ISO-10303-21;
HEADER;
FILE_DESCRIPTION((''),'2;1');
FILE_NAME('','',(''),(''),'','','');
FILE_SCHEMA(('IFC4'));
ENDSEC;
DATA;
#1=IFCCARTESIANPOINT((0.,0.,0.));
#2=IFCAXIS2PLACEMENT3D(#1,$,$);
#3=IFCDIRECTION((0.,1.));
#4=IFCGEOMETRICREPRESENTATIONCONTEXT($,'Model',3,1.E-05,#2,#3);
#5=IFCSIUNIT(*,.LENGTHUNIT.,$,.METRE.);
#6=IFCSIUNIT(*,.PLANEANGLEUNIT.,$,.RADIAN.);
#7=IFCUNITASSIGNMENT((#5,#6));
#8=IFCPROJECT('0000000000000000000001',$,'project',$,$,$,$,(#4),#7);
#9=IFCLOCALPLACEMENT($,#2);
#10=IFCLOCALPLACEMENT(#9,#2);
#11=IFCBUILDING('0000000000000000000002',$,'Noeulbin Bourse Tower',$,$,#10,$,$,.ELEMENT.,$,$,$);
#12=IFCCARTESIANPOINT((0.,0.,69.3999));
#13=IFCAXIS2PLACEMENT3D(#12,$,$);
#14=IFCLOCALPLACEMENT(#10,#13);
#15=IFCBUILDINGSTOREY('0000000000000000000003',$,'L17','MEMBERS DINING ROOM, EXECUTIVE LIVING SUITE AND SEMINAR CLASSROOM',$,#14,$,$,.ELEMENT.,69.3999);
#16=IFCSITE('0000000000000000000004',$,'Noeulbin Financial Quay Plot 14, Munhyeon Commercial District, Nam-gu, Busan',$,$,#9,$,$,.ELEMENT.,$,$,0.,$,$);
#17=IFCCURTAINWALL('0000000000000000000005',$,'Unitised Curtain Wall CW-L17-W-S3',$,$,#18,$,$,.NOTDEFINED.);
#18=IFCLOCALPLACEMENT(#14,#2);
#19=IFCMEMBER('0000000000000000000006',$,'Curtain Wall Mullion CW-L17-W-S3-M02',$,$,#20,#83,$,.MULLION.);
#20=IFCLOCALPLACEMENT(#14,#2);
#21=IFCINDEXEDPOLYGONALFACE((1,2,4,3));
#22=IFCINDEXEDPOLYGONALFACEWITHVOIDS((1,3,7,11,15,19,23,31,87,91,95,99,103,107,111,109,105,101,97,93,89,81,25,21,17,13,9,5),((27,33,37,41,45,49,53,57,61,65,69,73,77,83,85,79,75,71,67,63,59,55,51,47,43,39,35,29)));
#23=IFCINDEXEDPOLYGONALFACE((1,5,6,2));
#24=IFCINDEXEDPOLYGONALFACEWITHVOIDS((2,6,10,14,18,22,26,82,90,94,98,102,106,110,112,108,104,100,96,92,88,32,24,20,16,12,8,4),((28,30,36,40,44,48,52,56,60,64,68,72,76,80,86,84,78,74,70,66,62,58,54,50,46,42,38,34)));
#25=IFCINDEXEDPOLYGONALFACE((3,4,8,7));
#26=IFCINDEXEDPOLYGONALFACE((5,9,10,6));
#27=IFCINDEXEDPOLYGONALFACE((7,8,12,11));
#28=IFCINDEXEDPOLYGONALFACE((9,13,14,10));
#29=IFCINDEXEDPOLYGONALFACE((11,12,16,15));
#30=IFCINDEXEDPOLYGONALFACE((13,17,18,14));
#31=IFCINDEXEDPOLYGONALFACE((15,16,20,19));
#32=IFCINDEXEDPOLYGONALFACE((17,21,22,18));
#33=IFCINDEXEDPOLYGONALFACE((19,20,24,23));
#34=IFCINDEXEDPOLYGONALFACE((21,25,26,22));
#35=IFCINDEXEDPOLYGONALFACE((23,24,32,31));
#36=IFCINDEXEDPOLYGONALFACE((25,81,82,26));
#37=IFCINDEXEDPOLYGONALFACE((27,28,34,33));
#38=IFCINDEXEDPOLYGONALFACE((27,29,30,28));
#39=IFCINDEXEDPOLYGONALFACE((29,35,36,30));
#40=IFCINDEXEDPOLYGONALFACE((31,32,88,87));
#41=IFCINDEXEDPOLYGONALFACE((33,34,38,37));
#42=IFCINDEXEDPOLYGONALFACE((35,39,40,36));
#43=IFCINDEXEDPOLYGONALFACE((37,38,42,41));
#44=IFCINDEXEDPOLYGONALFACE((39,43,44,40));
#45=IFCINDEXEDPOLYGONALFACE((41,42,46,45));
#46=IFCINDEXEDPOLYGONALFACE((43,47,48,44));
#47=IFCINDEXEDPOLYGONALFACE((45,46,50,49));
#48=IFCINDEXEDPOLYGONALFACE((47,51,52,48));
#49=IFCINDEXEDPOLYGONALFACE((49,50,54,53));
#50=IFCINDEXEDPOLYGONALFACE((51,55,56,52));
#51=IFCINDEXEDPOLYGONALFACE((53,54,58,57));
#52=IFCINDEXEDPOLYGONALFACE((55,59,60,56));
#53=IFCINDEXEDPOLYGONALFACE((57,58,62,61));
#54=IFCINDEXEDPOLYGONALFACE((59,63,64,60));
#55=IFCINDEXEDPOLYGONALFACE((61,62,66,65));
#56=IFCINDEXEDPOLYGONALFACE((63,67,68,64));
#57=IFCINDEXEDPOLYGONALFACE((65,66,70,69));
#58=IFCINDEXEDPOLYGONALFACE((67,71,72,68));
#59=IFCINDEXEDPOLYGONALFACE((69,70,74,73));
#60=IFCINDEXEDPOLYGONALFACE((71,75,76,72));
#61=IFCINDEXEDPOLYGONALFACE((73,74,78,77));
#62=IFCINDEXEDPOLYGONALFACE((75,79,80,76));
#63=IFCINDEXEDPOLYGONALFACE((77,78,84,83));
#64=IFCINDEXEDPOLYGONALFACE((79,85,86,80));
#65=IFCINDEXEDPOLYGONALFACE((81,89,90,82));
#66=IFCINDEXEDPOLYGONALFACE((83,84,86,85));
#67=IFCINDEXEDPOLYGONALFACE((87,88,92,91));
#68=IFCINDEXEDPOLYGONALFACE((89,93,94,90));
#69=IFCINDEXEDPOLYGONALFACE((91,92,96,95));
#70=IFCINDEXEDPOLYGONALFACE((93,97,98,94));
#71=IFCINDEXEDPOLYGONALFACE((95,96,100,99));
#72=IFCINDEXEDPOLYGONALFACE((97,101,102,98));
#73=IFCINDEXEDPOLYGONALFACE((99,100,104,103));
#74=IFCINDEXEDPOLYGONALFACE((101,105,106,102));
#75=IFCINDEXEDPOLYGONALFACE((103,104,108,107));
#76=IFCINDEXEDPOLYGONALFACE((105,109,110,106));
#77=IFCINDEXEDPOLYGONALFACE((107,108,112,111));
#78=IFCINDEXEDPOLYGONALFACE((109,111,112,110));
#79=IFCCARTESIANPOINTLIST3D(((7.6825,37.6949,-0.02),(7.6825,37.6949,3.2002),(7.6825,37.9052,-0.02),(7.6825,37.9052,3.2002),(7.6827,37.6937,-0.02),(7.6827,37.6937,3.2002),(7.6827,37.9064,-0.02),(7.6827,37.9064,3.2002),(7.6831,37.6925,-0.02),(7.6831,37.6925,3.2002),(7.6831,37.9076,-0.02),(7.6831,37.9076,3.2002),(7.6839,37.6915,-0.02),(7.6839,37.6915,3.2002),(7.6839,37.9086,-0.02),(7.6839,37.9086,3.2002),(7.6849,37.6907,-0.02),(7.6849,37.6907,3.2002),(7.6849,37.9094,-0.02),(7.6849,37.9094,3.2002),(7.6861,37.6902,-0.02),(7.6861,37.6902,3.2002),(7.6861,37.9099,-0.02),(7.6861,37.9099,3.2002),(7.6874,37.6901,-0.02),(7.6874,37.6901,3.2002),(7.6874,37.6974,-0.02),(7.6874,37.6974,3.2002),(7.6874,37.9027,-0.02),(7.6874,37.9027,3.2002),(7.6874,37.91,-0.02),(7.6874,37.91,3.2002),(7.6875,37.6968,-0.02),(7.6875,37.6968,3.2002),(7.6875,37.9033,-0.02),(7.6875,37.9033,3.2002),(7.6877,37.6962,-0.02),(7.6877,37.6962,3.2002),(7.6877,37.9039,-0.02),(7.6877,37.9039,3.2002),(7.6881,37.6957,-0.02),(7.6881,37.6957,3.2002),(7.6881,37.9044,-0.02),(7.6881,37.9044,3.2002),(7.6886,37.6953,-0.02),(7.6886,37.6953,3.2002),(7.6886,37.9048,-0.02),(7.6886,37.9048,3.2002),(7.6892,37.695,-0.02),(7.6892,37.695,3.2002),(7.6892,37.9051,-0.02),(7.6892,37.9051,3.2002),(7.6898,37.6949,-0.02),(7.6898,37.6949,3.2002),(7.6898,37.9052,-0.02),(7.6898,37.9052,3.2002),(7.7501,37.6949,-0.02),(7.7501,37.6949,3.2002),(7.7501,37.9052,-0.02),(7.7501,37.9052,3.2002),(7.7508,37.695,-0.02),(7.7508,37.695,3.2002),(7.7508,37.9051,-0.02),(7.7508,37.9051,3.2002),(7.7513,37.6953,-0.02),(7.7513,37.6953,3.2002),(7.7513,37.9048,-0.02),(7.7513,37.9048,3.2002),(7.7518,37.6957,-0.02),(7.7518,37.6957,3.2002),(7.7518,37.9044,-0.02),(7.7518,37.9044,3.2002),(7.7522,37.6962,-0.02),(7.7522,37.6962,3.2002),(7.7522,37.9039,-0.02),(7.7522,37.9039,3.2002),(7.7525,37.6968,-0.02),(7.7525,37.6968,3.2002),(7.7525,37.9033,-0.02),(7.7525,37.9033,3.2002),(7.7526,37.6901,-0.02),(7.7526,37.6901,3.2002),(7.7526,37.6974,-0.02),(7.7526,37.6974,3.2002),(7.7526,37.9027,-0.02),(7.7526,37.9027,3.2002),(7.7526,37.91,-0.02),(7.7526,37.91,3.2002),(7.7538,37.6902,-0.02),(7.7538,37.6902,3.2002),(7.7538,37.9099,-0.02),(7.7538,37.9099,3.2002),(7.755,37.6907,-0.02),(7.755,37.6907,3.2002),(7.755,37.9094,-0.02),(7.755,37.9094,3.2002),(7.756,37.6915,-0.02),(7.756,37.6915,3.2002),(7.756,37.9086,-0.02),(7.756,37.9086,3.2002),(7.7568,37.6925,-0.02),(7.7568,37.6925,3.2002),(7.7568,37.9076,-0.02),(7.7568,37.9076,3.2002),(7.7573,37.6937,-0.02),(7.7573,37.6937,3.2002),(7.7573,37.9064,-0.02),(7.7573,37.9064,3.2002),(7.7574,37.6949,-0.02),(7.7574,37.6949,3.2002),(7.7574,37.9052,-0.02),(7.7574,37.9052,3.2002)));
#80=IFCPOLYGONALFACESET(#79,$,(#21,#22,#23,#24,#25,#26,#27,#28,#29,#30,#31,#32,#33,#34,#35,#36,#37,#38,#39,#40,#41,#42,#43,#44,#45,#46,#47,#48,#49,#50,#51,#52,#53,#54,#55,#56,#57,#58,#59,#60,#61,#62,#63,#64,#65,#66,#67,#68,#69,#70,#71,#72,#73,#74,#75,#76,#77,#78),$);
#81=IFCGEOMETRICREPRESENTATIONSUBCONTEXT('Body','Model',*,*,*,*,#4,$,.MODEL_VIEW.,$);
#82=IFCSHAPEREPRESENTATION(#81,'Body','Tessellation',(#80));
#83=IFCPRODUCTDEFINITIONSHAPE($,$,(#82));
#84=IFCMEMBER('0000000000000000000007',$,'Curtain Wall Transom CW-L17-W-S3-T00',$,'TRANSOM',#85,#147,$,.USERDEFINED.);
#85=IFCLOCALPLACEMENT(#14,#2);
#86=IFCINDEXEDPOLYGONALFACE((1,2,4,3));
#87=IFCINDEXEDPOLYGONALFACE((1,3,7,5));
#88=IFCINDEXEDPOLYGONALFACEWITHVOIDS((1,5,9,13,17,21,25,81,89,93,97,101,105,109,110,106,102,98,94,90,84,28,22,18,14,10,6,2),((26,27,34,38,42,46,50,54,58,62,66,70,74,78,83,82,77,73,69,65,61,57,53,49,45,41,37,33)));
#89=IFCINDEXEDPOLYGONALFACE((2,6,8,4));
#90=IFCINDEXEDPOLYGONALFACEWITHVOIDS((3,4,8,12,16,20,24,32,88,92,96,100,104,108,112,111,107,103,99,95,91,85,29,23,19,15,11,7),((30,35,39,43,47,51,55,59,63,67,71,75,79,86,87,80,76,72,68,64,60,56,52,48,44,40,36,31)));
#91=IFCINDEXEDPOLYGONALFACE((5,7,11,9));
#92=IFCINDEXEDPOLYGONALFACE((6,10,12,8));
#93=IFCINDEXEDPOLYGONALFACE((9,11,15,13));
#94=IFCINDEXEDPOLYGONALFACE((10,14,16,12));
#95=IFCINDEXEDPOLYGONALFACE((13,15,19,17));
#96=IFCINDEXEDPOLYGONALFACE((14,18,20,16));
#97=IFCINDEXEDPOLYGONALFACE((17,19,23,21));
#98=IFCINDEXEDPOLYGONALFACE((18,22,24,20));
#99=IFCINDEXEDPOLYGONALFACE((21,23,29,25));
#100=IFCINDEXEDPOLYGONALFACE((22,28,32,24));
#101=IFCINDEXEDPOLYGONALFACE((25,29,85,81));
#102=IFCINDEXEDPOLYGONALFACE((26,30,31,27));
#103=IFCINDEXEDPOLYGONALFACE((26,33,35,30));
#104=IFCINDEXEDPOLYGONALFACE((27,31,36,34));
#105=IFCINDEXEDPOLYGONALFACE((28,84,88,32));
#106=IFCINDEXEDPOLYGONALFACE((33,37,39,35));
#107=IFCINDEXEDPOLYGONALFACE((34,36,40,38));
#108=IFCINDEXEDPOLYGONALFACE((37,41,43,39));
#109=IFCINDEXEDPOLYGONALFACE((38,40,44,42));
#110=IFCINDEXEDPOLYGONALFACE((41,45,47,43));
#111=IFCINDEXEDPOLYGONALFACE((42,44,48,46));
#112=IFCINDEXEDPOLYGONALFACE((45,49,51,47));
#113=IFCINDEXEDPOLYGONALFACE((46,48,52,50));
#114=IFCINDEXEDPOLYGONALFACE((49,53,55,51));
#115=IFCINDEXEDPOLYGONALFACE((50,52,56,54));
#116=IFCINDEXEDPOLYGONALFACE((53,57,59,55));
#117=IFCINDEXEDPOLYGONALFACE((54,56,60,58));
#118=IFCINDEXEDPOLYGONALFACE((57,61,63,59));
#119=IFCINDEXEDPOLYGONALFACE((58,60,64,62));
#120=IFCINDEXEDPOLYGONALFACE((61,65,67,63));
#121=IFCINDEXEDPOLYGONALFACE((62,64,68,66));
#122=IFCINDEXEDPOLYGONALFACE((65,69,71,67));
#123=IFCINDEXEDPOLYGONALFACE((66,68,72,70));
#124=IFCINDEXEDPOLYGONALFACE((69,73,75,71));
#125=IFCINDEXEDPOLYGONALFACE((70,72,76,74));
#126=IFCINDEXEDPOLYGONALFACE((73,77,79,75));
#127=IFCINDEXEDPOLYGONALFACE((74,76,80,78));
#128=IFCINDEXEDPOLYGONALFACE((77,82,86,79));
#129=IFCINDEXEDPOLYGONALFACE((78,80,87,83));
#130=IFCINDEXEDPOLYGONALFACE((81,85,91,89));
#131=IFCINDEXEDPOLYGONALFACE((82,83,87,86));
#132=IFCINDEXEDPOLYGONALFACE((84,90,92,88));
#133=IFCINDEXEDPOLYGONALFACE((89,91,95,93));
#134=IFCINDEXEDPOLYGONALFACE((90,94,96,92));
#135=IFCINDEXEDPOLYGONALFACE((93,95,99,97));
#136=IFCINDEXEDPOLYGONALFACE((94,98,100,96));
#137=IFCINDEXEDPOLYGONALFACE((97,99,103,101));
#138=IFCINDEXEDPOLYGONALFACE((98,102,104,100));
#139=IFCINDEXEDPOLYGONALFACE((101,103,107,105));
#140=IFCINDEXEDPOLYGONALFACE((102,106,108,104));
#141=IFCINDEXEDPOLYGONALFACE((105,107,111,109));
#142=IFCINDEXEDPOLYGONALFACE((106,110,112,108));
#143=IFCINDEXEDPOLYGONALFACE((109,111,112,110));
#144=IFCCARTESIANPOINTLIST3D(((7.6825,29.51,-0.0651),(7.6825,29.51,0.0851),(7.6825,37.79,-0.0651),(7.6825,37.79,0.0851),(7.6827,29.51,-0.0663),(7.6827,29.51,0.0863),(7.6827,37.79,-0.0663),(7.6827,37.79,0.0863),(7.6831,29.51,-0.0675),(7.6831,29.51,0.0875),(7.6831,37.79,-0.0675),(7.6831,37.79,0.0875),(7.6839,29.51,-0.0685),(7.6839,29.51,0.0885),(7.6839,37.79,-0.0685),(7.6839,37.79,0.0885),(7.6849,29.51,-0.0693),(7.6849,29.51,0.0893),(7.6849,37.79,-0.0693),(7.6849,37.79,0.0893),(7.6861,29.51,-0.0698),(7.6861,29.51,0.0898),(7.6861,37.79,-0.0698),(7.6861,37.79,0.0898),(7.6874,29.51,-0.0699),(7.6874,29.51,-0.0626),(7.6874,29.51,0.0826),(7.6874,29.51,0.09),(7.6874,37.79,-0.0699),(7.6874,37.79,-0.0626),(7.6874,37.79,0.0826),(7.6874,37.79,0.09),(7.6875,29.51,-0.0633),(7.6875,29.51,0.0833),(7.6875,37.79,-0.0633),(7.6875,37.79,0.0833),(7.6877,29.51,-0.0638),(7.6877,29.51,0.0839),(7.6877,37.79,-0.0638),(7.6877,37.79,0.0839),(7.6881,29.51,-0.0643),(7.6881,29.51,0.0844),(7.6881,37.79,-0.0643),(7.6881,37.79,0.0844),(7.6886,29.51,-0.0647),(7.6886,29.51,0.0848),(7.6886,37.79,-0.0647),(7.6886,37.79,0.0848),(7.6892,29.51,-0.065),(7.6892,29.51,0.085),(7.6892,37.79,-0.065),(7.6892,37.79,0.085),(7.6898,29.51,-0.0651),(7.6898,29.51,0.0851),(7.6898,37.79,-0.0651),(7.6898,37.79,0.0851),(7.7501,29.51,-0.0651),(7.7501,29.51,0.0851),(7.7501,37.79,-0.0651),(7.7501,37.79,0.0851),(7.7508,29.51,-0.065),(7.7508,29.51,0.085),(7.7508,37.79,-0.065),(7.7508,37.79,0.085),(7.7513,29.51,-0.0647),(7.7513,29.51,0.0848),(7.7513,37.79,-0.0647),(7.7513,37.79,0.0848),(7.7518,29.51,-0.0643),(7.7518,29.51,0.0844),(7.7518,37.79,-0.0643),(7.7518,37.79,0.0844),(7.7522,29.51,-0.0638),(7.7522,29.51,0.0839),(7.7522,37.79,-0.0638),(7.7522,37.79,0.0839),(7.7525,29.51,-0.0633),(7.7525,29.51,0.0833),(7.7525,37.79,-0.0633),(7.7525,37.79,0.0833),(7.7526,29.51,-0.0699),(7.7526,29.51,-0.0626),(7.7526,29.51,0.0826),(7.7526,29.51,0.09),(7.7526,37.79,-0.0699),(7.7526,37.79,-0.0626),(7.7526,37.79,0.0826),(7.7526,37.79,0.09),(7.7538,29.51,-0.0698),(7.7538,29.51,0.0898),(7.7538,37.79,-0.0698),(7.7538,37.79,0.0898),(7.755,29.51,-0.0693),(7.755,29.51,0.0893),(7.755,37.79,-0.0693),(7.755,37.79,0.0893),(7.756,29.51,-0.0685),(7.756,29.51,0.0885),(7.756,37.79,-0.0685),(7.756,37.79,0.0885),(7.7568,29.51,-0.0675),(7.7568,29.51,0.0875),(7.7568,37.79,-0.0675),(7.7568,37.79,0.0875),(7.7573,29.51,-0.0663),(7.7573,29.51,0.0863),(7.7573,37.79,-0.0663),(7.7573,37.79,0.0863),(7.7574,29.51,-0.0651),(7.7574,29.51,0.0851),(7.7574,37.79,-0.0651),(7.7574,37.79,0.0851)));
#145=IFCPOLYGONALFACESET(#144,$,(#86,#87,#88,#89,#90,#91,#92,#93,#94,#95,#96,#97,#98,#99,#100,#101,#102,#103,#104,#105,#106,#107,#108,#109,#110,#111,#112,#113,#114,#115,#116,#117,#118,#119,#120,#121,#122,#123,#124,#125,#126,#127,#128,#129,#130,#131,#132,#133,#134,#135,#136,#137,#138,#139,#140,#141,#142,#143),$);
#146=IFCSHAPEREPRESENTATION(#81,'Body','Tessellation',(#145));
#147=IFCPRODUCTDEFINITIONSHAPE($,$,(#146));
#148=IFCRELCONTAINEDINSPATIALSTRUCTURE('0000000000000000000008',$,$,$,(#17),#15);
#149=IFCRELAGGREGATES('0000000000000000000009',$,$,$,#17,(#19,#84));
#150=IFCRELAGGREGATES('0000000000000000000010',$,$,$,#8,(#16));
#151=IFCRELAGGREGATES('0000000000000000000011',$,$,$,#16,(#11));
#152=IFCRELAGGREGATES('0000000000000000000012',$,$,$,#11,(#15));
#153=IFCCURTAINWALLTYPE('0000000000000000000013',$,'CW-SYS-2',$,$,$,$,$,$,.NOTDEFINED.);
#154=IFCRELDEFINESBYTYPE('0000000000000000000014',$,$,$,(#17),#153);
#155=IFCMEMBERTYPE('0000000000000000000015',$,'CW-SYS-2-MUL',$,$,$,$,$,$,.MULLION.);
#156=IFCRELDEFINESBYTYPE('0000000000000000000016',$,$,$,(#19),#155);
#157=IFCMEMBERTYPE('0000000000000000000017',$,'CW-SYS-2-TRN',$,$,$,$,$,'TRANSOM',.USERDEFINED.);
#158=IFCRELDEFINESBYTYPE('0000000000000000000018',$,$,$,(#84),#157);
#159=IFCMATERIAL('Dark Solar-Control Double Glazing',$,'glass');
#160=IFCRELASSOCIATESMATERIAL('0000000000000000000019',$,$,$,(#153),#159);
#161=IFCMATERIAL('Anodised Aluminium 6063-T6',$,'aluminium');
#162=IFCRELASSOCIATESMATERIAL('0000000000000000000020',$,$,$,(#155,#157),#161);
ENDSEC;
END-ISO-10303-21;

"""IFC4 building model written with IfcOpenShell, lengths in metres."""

from ifc_helpers import new_model, si_unit, direction, frame, origin, origin_2d, place, context, subcontext, project, spatial, hollow_rectangle, extrude, material, material_profile, profile_set, type_object, element, aggregate, save


model = new_model("IFC4")

# Units and contexts
model_context = context("Model", 3, precision=1e-05, world=origin(), true_north=direction((0.0, 1.0)))
body_context = subcontext(model_context, "Body", "Model", "MODEL_VIEW")
ifc_project = project(units=[si_unit("LENGTHUNIT", "METRE"), si_unit("PLANEANGLEUNIT", "RADIAN")], contexts=[model_context])

# Site, building, storey
site_placement = place(None, origin())
site = spatial("IfcSite", under=ifc_project, at=site_placement, Name="Noeulbin Financial Quay Plot 14, Munhyeon Commercial District, Nam-gu, Busan", CompositionType="ELEMENT", RefElevation=0.0)
building_placement = place(site_placement, origin())
building = spatial("IfcBuilding", under=site, at=building_placement, Name="Noeulbin Bourse Tower", CompositionType="ELEMENT")
storey_placement = place(building_placement, frame((0.0, 0.0, 69.3999)))
storey = spatial("IfcBuildingStorey", under=building, at=storey_placement, Name="L17", Description="MEMBERS DINING ROOM, EXECUTIVE LIVING SUITE AND SEMINAR CLASSROOM", CompositionType="ELEMENT", Elevation=69.3999)

# Curtain wall, members
ifc_material_1 = material(Name="Dark Solar-Control Double Glazing", Category="glass")
curtain_wall_type = type_object("IfcCurtainWallType", Name="CW-SYS-2", PredefinedType="NOTDEFINED", material=ifc_material_1)
curtain_wall_placement = place(storey_placement, origin())
curtain_wall = element("IfcCurtainWall", 1, at=curtain_wall_placement, inside=storey, type_object=curtain_wall_type, Name="Unitised Curtain Wall CW-L17-W-S3", PredefinedType="NOTDEFINED")
ifc_material_2 = material(Name="Anodised Aluminium 6063-T6", Category="aluminium")
ifc_material_profile_1 = material_profile(ifc_material_2, hollow_rectangle(XDim=0.075, YDim=0.22, WallThickness=0.0049, InnerFilletRadius=0.0024, OuterFilletRadius=0.0049, at=origin_2d()), Name="ALU-MULL-75x220x5", Category="LoadBearing")
ifc_profile_set_1 = profile_set([ifc_material_profile_1], Name="Anodised Aluminium 6063-T6")
member_type_1 = type_object("IfcMemberType", Name="CW-SYS-2-MUL", PredefinedType="MULLION", material=ifc_profile_set_1)
member_1_placement = place(storey_placement, frame((7.72, 37.8, -0.02), z_axis=(0.0, 0.0, 1.0), x_axis=(1.0, 0.0, 0.0)))
member_1 = element("IfcMember", 2, at=member_1_placement, type_object=member_type_1, Name="Curtain Wall Mullion CW-L17-W-S3-M02", PredefinedType="MULLION", context=body_context, shape_type="SweptSolid", body=[
    extrude(hollow_rectangle(XDim=0.075, YDim=0.22, WallThickness=0.0049, InnerFilletRadius=0.0024, OuterFilletRadius=0.0049, at=origin_2d()), origin(), (0.0, 0.0, 1.0), 3.2202),
])
ifc_material_profile_2 = material_profile(ifc_material_2, hollow_rectangle(XDim=0.075, YDim=0.1599, WallThickness=0.0049, InnerFilletRadius=0.0024, OuterFilletRadius=0.0049, at=origin_2d()), Name="ALU-TRAN-75x160x5", Category="LoadBearing")
ifc_profile_set_2 = profile_set([ifc_material_profile_2], Name="Anodised Aluminium 6063-T6")
member_type_2 = type_object("IfcMemberType", Name="CW-SYS-2-TRN", ElementType="TRANSOM", PredefinedType="USERDEFINED", material=ifc_profile_set_2)
member_2_placement = place(storey_placement, frame((7.72, 29.51, 0.01), z_axis=(0.0, 1.0, 0.0), x_axis=(-1.0, 0.0, 0.0)))
member_2 = element("IfcMember", 3, at=member_2_placement, type_object=member_type_2, Name="Curtain Wall Transom CW-L17-W-S3-T00", ObjectType="TRANSOM", PredefinedType="USERDEFINED", context=body_context, shape_type="SweptSolid", body=[
    extrude(hollow_rectangle(XDim=0.075, YDim=0.1599, WallThickness=0.0049, InnerFilletRadius=0.0024, OuterFilletRadius=0.0049, at=origin_2d()), origin(), (0.0, 0.0, 1.0), 8.28),
])
aggregate(curtain_wall, [member_1, member_2])

save(model, "model.ifc")
